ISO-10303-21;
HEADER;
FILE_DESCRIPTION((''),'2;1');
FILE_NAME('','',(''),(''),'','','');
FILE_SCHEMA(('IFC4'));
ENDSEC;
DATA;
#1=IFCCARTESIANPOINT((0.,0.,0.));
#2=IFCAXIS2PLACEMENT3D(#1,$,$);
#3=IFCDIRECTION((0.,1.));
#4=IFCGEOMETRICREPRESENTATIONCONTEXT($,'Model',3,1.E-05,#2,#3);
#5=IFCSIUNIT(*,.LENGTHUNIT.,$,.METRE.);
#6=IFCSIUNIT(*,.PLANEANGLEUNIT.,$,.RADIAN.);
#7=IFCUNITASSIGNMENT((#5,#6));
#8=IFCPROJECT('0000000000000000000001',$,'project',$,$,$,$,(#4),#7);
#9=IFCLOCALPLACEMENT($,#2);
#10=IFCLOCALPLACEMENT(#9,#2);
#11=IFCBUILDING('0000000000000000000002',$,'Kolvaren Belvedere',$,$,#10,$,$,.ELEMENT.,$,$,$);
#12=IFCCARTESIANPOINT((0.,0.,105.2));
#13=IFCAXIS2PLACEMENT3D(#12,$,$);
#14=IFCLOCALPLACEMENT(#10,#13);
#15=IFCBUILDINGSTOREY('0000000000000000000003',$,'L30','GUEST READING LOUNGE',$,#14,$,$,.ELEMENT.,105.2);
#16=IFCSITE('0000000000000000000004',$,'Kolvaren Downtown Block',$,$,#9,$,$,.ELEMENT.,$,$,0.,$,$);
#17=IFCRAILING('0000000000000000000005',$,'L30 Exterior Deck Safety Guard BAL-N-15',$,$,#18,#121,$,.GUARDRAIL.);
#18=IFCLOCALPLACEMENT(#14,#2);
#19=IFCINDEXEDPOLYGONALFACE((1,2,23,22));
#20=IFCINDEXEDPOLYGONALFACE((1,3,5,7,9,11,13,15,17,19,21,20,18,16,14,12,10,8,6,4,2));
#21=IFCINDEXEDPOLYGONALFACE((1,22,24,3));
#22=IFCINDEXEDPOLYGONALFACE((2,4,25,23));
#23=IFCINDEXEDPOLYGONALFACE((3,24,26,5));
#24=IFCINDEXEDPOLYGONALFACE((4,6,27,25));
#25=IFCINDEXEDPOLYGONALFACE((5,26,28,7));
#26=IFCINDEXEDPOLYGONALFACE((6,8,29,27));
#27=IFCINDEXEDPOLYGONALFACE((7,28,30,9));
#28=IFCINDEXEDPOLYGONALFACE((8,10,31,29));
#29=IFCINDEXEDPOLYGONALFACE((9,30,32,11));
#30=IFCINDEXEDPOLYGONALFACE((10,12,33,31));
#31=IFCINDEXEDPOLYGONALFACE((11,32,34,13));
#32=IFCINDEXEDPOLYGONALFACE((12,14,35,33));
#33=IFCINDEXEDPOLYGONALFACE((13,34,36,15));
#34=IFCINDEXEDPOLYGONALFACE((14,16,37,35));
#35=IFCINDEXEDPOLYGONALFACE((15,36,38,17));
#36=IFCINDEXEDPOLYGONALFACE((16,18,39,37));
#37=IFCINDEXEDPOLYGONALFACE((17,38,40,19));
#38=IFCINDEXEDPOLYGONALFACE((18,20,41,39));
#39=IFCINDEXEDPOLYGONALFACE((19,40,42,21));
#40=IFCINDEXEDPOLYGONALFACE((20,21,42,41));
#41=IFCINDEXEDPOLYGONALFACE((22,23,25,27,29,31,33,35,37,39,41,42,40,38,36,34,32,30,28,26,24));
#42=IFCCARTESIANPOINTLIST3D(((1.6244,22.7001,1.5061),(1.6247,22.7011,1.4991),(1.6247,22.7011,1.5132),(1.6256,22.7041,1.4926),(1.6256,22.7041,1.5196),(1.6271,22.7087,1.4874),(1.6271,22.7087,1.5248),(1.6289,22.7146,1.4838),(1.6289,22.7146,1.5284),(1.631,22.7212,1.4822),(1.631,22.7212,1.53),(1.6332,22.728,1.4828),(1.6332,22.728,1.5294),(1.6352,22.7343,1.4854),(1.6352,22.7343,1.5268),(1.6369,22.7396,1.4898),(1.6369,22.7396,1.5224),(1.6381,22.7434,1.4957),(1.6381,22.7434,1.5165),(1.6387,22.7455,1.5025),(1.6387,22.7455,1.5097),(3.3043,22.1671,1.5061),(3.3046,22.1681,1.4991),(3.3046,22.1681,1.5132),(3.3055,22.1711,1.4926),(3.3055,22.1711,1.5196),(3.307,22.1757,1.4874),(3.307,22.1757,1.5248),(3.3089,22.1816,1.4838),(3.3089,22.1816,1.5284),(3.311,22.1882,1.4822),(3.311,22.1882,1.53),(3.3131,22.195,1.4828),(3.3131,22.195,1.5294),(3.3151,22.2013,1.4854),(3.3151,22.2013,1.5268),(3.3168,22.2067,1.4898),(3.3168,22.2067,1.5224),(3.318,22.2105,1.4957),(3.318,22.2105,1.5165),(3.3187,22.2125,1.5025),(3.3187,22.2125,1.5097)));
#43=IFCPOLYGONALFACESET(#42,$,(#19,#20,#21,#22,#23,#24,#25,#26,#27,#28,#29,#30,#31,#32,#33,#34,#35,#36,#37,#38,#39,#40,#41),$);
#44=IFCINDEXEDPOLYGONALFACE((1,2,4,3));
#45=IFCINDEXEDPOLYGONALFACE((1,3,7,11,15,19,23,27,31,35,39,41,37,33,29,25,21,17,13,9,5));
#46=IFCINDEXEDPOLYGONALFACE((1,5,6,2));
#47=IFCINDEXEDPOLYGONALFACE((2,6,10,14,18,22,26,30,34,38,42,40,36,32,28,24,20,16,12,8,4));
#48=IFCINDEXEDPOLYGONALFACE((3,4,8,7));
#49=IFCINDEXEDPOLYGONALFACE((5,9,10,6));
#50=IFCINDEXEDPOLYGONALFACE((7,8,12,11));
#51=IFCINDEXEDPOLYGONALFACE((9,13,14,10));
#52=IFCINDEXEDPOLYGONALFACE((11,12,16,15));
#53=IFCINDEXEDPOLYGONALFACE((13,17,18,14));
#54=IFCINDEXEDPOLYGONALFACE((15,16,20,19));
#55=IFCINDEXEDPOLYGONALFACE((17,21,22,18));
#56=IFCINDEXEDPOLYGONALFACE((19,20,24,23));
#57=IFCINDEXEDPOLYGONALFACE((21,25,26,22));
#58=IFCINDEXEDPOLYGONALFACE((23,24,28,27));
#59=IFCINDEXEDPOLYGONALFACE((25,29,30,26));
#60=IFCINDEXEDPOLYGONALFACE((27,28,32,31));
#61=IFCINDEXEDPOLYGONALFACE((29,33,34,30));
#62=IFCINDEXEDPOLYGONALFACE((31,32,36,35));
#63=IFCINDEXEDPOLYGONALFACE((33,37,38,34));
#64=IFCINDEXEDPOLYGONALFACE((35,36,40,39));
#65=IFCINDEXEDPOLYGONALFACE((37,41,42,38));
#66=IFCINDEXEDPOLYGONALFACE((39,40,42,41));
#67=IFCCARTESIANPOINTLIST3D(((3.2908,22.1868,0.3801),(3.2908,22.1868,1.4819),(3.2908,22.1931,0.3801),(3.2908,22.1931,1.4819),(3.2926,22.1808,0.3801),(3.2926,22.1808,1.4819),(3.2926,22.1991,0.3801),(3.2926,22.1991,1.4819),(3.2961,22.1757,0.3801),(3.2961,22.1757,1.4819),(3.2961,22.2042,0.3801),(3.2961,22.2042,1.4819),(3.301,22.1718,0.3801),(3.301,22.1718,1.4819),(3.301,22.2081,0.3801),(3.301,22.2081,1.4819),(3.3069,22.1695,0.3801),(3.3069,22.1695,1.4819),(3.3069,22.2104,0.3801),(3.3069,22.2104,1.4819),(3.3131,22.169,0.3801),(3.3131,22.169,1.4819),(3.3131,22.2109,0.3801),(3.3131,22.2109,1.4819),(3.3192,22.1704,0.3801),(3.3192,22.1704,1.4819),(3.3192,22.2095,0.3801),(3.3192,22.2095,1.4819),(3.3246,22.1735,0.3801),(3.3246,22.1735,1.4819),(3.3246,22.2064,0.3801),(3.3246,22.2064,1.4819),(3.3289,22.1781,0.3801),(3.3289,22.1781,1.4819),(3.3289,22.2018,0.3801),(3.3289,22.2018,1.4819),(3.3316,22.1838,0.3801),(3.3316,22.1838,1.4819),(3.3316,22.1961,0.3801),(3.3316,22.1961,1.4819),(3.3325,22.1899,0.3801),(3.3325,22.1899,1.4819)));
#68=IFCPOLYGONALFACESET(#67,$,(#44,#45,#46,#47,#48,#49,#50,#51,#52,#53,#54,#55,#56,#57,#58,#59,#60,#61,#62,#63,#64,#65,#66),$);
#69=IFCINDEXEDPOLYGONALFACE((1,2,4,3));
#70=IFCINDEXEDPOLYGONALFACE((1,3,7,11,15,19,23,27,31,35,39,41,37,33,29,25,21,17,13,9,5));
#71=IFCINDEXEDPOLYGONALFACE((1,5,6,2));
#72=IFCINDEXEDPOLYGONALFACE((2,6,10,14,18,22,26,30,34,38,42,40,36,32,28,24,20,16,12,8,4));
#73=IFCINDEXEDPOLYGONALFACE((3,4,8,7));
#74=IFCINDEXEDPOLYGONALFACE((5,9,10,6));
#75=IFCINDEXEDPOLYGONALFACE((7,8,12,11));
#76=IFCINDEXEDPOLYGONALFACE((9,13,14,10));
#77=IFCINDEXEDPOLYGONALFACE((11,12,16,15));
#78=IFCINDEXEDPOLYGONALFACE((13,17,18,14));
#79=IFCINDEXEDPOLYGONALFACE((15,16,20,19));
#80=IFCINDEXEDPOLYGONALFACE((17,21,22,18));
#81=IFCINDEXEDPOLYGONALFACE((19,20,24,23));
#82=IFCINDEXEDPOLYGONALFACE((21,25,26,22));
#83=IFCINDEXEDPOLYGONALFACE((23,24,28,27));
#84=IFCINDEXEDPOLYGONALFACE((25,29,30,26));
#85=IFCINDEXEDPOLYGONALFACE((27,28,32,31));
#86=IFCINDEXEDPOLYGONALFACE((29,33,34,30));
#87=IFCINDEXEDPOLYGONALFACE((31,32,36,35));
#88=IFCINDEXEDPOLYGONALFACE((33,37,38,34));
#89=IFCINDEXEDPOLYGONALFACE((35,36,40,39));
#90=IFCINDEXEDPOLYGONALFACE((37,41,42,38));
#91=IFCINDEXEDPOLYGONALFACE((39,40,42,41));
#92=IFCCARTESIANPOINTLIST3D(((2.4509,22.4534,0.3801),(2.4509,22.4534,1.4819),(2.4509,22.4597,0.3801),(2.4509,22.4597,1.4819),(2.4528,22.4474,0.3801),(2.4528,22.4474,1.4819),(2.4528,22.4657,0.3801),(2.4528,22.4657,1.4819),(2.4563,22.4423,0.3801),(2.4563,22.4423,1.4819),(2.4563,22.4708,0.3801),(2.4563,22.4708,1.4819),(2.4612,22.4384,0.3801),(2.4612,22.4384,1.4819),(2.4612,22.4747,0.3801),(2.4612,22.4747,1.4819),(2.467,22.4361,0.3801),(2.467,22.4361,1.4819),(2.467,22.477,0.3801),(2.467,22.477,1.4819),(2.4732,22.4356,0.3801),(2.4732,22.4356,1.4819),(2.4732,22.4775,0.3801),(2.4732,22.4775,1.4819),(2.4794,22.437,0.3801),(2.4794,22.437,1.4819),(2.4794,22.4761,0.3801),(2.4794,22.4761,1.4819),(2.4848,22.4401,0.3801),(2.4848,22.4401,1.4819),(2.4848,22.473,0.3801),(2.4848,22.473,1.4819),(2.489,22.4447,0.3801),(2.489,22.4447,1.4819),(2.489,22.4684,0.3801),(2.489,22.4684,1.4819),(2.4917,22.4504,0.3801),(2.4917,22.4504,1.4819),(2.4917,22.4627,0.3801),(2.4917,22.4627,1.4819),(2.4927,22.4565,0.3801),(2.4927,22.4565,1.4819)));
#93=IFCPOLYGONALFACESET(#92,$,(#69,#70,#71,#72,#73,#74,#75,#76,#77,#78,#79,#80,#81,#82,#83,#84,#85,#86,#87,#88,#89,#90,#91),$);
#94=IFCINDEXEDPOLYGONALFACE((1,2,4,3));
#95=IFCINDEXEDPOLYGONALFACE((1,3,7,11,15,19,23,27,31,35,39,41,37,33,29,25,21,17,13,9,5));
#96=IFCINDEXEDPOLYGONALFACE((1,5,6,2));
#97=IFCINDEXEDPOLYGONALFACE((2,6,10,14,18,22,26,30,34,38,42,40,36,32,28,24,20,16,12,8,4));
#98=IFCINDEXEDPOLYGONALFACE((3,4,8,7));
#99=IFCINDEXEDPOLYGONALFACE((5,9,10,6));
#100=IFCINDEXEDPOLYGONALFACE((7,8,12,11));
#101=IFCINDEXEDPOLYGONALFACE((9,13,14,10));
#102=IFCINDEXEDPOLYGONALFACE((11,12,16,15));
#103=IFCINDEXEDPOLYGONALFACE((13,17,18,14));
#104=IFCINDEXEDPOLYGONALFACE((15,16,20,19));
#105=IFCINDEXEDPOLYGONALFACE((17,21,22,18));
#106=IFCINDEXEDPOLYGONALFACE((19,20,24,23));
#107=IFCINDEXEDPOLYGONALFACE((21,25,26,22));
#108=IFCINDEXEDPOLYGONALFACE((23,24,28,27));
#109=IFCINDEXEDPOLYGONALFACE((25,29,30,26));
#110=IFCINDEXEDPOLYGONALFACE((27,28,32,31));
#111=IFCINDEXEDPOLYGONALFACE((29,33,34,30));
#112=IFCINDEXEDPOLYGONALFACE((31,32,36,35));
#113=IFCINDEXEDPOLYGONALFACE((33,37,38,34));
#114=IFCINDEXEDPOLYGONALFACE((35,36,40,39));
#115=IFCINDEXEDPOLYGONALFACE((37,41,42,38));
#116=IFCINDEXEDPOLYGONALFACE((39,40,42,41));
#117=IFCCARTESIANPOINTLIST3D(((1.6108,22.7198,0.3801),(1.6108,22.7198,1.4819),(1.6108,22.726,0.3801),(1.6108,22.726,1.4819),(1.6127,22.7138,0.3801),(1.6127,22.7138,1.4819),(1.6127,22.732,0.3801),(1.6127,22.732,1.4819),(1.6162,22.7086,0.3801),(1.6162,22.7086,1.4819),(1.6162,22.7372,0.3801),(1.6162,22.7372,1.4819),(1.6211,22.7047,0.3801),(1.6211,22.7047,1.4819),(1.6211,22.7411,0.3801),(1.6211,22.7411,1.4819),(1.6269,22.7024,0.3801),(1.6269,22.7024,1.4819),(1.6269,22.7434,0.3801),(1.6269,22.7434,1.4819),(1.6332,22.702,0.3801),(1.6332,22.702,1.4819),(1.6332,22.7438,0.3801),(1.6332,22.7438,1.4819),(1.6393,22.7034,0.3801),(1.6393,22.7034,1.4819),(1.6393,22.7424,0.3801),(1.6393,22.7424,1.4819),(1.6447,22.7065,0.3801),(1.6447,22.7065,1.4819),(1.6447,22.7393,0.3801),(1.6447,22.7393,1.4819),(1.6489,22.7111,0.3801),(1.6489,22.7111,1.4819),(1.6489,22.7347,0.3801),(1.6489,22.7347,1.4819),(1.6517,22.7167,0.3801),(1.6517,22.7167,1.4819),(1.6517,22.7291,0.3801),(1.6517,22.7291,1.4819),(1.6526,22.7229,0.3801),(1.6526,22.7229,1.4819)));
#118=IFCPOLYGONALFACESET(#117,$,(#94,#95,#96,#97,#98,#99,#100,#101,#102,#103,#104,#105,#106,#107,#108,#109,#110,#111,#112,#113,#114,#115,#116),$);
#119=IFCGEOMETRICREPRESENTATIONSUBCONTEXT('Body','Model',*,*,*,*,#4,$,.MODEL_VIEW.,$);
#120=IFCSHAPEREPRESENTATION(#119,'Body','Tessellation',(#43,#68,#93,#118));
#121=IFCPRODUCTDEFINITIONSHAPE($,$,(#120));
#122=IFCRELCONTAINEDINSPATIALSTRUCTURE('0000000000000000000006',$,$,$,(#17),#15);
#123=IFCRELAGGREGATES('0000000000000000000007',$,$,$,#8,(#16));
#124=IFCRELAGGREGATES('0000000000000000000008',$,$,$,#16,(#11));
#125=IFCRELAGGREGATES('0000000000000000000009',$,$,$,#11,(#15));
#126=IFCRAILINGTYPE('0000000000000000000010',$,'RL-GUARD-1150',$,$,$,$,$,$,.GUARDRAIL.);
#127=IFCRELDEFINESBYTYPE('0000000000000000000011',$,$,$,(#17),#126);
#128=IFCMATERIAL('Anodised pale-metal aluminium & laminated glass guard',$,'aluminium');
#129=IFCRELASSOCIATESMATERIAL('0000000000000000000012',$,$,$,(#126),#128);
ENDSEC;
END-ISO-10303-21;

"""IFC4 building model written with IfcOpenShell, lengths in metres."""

from ifc_helpers import new_model, si_unit, direction, frame, origin, origin_2d, place, context, subcontext, project, spatial, circle, extrude, material, type_object, element, save


model = new_model("IFC4")

# Units and contexts
model_context = context("Model", 3, precision=1e-05, world=origin(), true_north=direction((0.0, 1.0)))
body_context = subcontext(model_context, "Body", "Model", "MODEL_VIEW")
ifc_project = project(units=[si_unit("LENGTHUNIT", "METRE"), si_unit("PLANEANGLEUNIT", "RADIAN")], contexts=[model_context])

# Site, building, storey
site_placement = place(None, origin())
site = spatial("IfcSite", under=ifc_project, at=site_placement, Name="Kolvaren Downtown Block", CompositionType="ELEMENT", RefElevation=0.0)
building_placement = place(site_placement, origin())
building = spatial("IfcBuilding", under=site, at=building_placement, Name="Kolvaren Belvedere", CompositionType="ELEMENT")
storey_placement = place(building_placement, frame((0.0, 0.0, 105.2)))
storey = spatial("IfcBuildingStorey", under=building, at=storey_placement, Name="L30", Description="GUEST READING LOUNGE", CompositionType="ELEMENT", Elevation=105.2)

# Railing
ifc_material_1 = material(Name="Anodised pale-metal aluminium & laminated glass guard", Category="aluminium")
railing_type = type_object("IfcRailingType", Name="RL-GUARD-1150", PredefinedType="GUARDRAIL", material=ifc_material_1)
railing_1_placement = place(storey_placement, frame((3.3115, 22.1899, 0.3801)))
element("IfcRailing", 1, at=railing_1_placement, inside=storey, type_object=railing_type, Name="L30 Exterior Deck Safety Guard BAL-N-15", PredefinedType="GUARDRAIL", context=body_context, shape_type="SweptSolid", body=[
    extrude(circle(Radius=0.0239, at=origin_2d()), frame((0.0, 0.0, 1.126), z_axis=(-0.953182, 0.302397, 0.0), x_axis=(-0.302397, -0.953182, 0.0)), (0.0, 0.0, 1.0), 1.7625),
    extrude(circle(Radius=0.021, at=origin_2d()), origin(), (0.0, 0.0, 1.0), 1.1018),
    extrude(circle(Radius=0.021, at=origin_2d()), frame((-0.8398, 0.2666, 0.0)), (0.0, 0.0, 1.0), 1.1018),
    extrude(circle(Radius=0.021, at=origin_2d()), frame((-1.6799, 0.533, 0.0)), (0.0, 0.0, 1.0), 1.1018),
])

save(model, "model.ifc")
